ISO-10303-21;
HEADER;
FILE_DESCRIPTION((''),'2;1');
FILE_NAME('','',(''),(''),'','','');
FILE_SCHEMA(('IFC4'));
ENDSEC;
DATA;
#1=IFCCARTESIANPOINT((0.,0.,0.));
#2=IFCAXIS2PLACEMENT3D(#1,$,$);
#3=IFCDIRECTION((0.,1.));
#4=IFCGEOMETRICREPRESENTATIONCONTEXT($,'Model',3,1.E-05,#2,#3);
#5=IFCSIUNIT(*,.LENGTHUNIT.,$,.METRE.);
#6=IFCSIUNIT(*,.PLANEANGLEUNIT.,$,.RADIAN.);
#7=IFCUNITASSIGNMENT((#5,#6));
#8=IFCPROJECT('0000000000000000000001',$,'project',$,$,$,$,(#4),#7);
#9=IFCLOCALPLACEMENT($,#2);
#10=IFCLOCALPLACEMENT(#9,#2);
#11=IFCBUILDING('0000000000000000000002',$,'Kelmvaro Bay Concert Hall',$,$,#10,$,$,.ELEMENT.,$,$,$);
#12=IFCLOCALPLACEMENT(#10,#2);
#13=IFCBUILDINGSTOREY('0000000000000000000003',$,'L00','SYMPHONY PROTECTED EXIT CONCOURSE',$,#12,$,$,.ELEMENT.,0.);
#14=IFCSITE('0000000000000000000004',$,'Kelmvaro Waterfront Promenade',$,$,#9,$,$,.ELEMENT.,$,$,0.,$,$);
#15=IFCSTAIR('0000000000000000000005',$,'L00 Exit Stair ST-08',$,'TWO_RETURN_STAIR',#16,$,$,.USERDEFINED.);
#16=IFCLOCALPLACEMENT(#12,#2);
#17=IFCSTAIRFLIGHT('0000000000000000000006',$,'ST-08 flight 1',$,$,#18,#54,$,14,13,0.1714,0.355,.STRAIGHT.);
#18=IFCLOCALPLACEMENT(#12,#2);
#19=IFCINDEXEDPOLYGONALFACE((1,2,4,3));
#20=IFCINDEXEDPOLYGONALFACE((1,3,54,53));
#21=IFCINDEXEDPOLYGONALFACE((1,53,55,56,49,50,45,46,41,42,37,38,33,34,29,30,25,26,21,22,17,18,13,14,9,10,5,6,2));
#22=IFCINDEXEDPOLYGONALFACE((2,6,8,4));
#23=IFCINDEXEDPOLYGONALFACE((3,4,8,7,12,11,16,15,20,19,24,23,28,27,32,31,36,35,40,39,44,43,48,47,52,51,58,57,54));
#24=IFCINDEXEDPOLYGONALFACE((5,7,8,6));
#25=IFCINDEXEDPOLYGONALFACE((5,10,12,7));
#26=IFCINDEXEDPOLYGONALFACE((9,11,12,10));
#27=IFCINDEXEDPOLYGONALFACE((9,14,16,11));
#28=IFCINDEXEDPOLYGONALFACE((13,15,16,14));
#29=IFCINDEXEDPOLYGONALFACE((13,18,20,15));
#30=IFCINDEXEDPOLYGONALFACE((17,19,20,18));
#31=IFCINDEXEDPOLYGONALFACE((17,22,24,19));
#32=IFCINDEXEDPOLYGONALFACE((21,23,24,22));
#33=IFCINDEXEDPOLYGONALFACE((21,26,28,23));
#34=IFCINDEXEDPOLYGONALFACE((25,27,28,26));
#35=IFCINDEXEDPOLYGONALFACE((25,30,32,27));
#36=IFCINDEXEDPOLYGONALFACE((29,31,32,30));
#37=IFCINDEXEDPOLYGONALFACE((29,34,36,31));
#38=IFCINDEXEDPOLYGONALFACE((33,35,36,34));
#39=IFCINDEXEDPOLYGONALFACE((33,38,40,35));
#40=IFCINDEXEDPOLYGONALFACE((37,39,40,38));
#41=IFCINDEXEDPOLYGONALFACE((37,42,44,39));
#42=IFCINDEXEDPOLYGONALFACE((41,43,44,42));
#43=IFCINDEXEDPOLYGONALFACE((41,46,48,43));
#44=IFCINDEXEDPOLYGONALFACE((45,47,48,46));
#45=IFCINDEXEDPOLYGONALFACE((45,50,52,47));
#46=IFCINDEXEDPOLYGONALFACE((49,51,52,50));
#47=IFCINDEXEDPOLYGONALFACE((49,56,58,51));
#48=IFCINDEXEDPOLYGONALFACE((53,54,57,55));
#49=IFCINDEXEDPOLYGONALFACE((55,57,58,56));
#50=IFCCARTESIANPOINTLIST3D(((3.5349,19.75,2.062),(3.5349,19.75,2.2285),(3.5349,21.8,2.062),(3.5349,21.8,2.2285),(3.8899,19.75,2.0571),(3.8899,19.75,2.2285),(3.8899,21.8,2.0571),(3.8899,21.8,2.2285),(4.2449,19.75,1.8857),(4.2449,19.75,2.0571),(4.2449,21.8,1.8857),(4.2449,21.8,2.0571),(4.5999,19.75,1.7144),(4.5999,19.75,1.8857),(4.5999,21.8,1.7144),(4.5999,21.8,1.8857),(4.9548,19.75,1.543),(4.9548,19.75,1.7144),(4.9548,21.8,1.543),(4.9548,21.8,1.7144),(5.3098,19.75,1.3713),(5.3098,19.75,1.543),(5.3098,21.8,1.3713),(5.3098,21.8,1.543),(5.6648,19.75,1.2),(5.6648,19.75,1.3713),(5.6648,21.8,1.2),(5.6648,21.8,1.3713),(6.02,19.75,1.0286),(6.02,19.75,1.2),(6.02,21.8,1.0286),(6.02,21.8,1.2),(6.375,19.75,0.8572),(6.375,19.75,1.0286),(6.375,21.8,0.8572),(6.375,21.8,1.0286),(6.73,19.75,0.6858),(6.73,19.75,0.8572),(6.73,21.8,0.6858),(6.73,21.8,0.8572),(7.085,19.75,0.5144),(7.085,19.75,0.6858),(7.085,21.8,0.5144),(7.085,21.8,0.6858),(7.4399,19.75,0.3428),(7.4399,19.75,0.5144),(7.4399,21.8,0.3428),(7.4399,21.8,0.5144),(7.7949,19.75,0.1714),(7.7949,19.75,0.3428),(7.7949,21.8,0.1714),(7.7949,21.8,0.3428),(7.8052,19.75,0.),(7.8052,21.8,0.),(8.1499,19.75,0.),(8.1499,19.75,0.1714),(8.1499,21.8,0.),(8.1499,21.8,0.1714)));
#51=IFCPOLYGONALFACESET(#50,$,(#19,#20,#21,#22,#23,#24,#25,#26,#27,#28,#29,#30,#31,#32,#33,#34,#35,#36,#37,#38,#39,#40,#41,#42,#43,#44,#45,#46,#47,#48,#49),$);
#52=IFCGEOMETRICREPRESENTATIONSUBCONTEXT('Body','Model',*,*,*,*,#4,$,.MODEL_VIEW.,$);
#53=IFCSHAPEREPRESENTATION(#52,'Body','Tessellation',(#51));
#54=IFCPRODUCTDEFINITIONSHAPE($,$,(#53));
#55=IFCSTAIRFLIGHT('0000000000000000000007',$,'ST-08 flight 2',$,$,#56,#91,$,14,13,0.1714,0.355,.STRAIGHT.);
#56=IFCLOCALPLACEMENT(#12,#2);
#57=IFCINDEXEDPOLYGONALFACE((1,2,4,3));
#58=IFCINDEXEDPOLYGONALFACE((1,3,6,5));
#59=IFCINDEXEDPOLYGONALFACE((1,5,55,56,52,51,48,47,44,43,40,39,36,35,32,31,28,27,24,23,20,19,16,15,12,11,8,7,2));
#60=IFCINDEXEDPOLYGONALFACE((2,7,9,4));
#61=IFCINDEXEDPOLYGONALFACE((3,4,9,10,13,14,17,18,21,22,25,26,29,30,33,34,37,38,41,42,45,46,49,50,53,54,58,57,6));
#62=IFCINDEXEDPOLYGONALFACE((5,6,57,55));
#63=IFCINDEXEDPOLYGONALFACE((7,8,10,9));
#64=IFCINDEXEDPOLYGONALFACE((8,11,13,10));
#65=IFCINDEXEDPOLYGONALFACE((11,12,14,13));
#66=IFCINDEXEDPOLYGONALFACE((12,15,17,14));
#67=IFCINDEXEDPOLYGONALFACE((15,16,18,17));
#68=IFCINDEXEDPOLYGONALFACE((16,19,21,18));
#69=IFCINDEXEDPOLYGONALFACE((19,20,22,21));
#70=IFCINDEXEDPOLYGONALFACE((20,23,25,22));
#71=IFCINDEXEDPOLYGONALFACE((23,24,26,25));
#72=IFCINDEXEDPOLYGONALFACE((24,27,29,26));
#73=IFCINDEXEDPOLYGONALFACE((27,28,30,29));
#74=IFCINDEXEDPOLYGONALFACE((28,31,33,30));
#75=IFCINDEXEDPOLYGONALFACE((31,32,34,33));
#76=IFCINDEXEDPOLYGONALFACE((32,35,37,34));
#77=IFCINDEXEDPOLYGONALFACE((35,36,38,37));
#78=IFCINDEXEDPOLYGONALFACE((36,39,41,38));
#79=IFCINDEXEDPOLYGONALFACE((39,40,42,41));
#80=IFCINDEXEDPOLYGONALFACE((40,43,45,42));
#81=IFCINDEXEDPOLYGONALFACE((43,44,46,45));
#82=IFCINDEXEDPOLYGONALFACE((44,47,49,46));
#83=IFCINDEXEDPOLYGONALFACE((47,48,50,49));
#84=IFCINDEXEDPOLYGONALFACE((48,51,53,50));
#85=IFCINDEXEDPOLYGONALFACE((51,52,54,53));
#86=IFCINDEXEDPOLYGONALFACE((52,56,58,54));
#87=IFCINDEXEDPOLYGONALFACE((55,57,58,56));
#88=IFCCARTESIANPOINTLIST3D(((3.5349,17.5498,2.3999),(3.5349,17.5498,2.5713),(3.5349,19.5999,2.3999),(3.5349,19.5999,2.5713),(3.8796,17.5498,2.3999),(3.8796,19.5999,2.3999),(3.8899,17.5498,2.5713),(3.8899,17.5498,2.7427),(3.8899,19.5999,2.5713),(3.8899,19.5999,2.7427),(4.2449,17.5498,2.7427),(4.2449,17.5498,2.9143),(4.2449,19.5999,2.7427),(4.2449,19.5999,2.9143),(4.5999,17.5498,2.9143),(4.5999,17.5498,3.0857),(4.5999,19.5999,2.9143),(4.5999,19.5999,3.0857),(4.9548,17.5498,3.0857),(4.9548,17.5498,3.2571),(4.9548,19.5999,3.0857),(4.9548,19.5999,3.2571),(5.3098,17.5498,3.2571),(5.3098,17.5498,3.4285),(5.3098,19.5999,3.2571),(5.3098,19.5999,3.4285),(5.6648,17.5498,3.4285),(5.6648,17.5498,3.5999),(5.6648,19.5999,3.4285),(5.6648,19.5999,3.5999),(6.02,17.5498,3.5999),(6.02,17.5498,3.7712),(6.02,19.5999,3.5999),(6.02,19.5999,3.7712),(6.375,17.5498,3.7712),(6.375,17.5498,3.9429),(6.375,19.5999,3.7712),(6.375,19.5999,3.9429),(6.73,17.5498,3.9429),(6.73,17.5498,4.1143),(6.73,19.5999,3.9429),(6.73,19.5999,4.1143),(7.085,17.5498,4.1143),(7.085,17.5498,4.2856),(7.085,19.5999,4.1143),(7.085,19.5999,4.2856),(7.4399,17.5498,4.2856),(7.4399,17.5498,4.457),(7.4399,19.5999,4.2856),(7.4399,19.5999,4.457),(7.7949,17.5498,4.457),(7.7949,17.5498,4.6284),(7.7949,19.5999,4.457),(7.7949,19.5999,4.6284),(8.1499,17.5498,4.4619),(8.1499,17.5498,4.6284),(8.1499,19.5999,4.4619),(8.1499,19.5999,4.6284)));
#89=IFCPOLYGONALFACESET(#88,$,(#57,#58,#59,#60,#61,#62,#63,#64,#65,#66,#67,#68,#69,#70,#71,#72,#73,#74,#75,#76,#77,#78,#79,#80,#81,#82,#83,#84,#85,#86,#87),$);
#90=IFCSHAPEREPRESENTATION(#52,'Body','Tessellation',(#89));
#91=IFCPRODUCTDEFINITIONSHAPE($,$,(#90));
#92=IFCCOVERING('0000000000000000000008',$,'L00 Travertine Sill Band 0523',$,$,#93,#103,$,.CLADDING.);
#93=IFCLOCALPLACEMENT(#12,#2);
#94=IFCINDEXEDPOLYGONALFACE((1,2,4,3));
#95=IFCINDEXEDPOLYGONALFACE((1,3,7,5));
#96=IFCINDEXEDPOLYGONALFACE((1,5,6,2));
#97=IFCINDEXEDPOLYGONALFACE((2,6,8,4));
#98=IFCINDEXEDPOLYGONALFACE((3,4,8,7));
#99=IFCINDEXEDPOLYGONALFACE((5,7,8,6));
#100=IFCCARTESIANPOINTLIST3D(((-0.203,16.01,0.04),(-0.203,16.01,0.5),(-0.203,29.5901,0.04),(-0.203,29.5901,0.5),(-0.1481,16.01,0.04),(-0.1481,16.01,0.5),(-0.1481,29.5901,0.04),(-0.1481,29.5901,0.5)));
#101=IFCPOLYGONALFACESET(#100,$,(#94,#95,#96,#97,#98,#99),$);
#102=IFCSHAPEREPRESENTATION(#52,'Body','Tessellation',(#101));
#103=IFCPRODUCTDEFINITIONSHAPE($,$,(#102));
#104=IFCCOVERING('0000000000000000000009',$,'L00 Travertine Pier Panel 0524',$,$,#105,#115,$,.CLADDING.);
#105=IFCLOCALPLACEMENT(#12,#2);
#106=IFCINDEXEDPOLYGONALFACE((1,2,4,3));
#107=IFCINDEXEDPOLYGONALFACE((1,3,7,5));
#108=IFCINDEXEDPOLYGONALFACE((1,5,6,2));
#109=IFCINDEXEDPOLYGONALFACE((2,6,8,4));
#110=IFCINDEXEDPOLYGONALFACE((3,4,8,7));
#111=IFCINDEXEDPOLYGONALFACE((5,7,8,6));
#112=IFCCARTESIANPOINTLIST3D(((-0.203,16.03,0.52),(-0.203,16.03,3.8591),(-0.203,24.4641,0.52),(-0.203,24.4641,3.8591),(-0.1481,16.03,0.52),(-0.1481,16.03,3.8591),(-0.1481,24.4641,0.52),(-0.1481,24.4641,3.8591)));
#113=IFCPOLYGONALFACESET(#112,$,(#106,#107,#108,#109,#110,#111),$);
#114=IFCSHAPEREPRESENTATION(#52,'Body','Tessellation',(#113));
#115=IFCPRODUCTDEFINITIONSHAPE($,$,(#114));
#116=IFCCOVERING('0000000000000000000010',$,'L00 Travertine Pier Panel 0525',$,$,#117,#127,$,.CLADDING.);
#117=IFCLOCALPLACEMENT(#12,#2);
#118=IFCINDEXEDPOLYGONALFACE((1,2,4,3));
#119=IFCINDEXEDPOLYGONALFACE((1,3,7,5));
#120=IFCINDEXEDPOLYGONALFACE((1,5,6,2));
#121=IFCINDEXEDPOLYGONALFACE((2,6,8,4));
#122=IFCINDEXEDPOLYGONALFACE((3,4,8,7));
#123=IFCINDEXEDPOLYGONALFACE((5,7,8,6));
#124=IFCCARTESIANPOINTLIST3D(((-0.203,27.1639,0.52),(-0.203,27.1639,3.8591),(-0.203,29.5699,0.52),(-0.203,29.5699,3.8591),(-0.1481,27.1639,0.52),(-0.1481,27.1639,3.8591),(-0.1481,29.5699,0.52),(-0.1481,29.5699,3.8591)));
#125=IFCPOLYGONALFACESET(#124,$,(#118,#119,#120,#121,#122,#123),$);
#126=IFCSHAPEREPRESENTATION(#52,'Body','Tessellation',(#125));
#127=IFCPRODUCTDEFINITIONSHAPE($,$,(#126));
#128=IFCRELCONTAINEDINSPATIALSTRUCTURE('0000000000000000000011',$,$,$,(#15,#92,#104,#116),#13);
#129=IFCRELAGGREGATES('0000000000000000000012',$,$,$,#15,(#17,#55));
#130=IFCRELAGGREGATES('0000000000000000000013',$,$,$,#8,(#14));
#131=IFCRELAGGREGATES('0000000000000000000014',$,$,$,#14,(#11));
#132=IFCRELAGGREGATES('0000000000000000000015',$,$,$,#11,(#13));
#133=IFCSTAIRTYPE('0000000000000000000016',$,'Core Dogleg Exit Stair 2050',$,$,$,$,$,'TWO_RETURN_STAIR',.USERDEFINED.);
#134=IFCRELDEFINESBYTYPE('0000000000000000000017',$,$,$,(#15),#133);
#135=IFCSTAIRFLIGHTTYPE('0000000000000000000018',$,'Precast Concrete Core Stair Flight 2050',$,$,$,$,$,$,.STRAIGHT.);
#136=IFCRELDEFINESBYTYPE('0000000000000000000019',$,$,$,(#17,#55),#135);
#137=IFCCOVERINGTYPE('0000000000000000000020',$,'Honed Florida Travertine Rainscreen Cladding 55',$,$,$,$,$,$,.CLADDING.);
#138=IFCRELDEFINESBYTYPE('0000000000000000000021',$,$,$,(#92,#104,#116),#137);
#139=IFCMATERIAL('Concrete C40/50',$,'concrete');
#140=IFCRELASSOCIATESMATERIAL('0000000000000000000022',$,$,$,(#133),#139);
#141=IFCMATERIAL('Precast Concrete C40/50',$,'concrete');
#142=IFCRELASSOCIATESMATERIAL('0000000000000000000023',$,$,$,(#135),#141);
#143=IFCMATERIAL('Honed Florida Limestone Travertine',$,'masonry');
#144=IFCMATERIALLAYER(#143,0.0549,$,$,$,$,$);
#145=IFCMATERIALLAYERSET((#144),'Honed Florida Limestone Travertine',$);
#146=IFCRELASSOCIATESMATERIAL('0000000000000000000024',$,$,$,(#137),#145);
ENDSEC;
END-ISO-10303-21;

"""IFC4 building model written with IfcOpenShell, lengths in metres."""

from ifc_helpers import new_model, si_unit, direction, frame, origin, origin_2d, place, context, subcontext, project, spatial, polyline, rectangle, outline, extrude, material, layer, layer_set, type_object, element, aggregate, save


model = new_model("IFC4")

# Units and contexts
model_context = context("Model", 3, precision=1e-05, world=origin(), true_north=direction((0.0, 1.0)))
body_context = subcontext(model_context, "Body", "Model", "MODEL_VIEW")
ifc_project = project(units=[si_unit("LENGTHUNIT", "METRE"), si_unit("PLANEANGLEUNIT", "RADIAN")], contexts=[model_context])

# Site, building, storey
site_placement = place(None, origin())
site = spatial("IfcSite", under=ifc_project, at=site_placement, Name="Kelmvaro Waterfront Promenade", CompositionType="ELEMENT", RefElevation=0.0)
building_placement = place(site_placement, origin())
building = spatial("IfcBuilding", under=site, at=building_placement, Name="Kelmvaro Bay Concert Hall", CompositionType="ELEMENT")
storey_placement = place(building_placement, origin())
storey = spatial("IfcBuildingStorey", under=building, at=storey_placement, Name="L00", Description="SYMPHONY PROTECTED EXIT CONCOURSE", CompositionType="ELEMENT", Elevation=0.0)

# Stair, stair flights
ifc_material_1 = material(Name="Concrete C40/50", Category="concrete")
stair_type = type_object("IfcStairType", Name="Core Dogleg Exit Stair 2050", ElementType="TWO_RETURN_STAIR", PredefinedType="USERDEFINED", material=ifc_material_1)
stair_placement = place(storey_placement, origin())
stair = element("IfcStair", 1, at=stair_placement, inside=storey, type_object=stair_type, Name="L00 Exit Stair ST-08", ObjectType="TWO_RETURN_STAIR", PredefinedType="USERDEFINED")
ifc_material_2 = material(Name="Precast Concrete C40/50", Category="concrete")
stair_flight_type = type_object("IfcStairFlightType", Name="Precast Concrete Core Stair Flight 2050", PredefinedType="STRAIGHT", material=ifc_material_2)
stair_flight_1_placement = place(storey_placement, frame((8.1499, 20.7749, 0.0), z_axis=(0.0, 0.0, 1.0), x_axis=(-1.0, 0.0, 0.0)))
stair_flight_1 = element("IfcStairFlight", 2, at=stair_flight_1_placement, type_object=stair_flight_type, Name="ST-08 flight 1", NumberOfRisers=14, NumberOfTreads=13, PredefinedType="STRAIGHT", RiserHeight=0.1714, TreadLength=0.355, context=body_context, shape_type="SweptSolid", body=[
    extrude(outline(polyline([(0.0, 0.0), (0.0, 0.1714), (0.355, 0.1714), (0.355, 0.3428), (0.71, 0.3428), (0.71, 0.5144), (1.0649, 0.5144), (1.0649, 0.6858), (1.4199, 0.6858), (1.4199, 0.8572), (1.7749, 0.8572), (1.7749, 1.0286), (2.1299, 1.0286), (2.1299, 1.2), (2.4851, 1.2), (2.4851, 1.3713), (2.8401, 1.3713), (2.8401, 1.543), (3.1951, 1.543), (3.1951, 1.7144), (3.55, 1.7144), (3.55, 1.8857), (3.905, 1.8857), (3.905, 2.0571), (4.26, 2.0571), (4.26, 2.2285), (4.615, 2.2285), (4.615, 2.3999), (4.615, 2.062), (0.3447, 0.0), (0.0, 0.0)])), frame((0.0, 1.0249, 0.0), z_axis=(0.0, -1.0, 0.0), x_axis=(1.0, 0.0, 0.0)), (0.0, 0.0, 1.0), 2.05),
])
stair_flight_2_placement = place(storey_placement, frame((3.5349, 18.575, 2.3999), z_axis=(0.0, 0.0, 1.0), x_axis=(1.0, 0.0, 0.0)))
stair_flight_2 = element("IfcStairFlight", 3, at=stair_flight_2_placement, type_object=stair_flight_type, Name="ST-08 flight 2", NumberOfRisers=14, NumberOfTreads=13, PredefinedType="STRAIGHT", RiserHeight=0.1714, TreadLength=0.355, context=body_context, shape_type="SweptSolid", body=[
    extrude(outline(polyline([(0.0, 0.0), (0.0, 0.1714), (0.355, 0.1714), (0.355, 0.3428), (0.71, 0.3428), (0.71, 0.5144), (1.0649, 0.5144), (1.0649, 0.6858), (1.4199, 0.6858), (1.4199, 0.8572), (1.7749, 0.8572), (1.7749, 1.0286), (2.1299, 1.0286), (2.1299, 1.2), (2.4851, 1.2), (2.4851, 1.3713), (2.8401, 1.3713), (2.8401, 1.543), (3.1951, 1.543), (3.1951, 1.7144), (3.55, 1.7144), (3.55, 1.8857), (3.905, 1.8857), (3.905, 2.0571), (4.26, 2.0571), (4.26, 2.2285), (4.615, 2.2285), (4.615, 2.3999), (4.615, 2.062), (0.3447, 0.0), (0.0, 0.0)])), frame((0.0, 1.0249, 0.0), z_axis=(0.0, -1.0, 0.0), x_axis=(1.0, 0.0, 0.0)), (0.0, 0.0, 1.0), 2.05),
])
aggregate(stair, [stair_flight_1, stair_flight_2])

# Coverings
ifc_material_3 = material(Name="Honed Florida Limestone Travertine", Category="masonry")
ifc_layer_1 = layer(ifc_material_3, 0.0549)
ifc_layer_set_1 = layer_set([ifc_layer_1], Name="Honed Florida Limestone Travertine")
covering_type = type_object("IfcCoveringType", Name="Honed Florida Travertine Rainscreen Cladding 55", PredefinedType="CLADDING", material=ifc_layer_set_1)
covering_1_placement = place(storey_placement, frame((-0.1755, 22.8, 0.04), z_axis=(0.0, 0.0, 1.0), x_axis=(0.0, 1.0, 0.0)))
element("IfcCovering", 4, at=covering_1_placement, inside=storey, type_object=covering_type, Name="L00 Travertine Sill Band 0523", PredefinedType="CLADDING", context=body_context, shape_type="SweptSolid", body=[
    extrude(rectangle(XDim=13.5801, YDim=0.0549, at=origin_2d()), origin(), (0.0, 0.0, 1.0), 0.46),
])
covering_2_placement = place(storey_placement, frame((-0.1755, 20.2471, 0.52), z_axis=(0.0, 0.0, 1.0), x_axis=(0.0, 1.0, 0.0)))
element("IfcCovering", 5, at=covering_2_placement, inside=storey, type_object=covering_type, Name="L00 Travertine Pier Panel 0524", PredefinedType="CLADDING", context=body_context, shape_type="SweptSolid", body=[
    extrude(rectangle(XDim=8.4341, YDim=0.0549, at=origin_2d()), origin(), (0.0, 0.0, 1.0), 3.3391),
])
covering_3_placement = place(storey_placement, frame((-0.1755, 28.3669, 0.52), z_axis=(0.0, 0.0, 1.0), x_axis=(0.0, 1.0, 0.0)))
element("IfcCovering", 6, at=covering_3_placement, inside=storey, type_object=covering_type, Name="L00 Travertine Pier Panel 0525", PredefinedType="CLADDING", context=body_context, shape_type="SweptSolid", body=[
    extrude(rectangle(XDim=2.406, YDim=0.0549, at=origin_2d()), origin(), (0.0, 0.0, 1.0), 3.3391),
])

save(model, "model.ifc")
